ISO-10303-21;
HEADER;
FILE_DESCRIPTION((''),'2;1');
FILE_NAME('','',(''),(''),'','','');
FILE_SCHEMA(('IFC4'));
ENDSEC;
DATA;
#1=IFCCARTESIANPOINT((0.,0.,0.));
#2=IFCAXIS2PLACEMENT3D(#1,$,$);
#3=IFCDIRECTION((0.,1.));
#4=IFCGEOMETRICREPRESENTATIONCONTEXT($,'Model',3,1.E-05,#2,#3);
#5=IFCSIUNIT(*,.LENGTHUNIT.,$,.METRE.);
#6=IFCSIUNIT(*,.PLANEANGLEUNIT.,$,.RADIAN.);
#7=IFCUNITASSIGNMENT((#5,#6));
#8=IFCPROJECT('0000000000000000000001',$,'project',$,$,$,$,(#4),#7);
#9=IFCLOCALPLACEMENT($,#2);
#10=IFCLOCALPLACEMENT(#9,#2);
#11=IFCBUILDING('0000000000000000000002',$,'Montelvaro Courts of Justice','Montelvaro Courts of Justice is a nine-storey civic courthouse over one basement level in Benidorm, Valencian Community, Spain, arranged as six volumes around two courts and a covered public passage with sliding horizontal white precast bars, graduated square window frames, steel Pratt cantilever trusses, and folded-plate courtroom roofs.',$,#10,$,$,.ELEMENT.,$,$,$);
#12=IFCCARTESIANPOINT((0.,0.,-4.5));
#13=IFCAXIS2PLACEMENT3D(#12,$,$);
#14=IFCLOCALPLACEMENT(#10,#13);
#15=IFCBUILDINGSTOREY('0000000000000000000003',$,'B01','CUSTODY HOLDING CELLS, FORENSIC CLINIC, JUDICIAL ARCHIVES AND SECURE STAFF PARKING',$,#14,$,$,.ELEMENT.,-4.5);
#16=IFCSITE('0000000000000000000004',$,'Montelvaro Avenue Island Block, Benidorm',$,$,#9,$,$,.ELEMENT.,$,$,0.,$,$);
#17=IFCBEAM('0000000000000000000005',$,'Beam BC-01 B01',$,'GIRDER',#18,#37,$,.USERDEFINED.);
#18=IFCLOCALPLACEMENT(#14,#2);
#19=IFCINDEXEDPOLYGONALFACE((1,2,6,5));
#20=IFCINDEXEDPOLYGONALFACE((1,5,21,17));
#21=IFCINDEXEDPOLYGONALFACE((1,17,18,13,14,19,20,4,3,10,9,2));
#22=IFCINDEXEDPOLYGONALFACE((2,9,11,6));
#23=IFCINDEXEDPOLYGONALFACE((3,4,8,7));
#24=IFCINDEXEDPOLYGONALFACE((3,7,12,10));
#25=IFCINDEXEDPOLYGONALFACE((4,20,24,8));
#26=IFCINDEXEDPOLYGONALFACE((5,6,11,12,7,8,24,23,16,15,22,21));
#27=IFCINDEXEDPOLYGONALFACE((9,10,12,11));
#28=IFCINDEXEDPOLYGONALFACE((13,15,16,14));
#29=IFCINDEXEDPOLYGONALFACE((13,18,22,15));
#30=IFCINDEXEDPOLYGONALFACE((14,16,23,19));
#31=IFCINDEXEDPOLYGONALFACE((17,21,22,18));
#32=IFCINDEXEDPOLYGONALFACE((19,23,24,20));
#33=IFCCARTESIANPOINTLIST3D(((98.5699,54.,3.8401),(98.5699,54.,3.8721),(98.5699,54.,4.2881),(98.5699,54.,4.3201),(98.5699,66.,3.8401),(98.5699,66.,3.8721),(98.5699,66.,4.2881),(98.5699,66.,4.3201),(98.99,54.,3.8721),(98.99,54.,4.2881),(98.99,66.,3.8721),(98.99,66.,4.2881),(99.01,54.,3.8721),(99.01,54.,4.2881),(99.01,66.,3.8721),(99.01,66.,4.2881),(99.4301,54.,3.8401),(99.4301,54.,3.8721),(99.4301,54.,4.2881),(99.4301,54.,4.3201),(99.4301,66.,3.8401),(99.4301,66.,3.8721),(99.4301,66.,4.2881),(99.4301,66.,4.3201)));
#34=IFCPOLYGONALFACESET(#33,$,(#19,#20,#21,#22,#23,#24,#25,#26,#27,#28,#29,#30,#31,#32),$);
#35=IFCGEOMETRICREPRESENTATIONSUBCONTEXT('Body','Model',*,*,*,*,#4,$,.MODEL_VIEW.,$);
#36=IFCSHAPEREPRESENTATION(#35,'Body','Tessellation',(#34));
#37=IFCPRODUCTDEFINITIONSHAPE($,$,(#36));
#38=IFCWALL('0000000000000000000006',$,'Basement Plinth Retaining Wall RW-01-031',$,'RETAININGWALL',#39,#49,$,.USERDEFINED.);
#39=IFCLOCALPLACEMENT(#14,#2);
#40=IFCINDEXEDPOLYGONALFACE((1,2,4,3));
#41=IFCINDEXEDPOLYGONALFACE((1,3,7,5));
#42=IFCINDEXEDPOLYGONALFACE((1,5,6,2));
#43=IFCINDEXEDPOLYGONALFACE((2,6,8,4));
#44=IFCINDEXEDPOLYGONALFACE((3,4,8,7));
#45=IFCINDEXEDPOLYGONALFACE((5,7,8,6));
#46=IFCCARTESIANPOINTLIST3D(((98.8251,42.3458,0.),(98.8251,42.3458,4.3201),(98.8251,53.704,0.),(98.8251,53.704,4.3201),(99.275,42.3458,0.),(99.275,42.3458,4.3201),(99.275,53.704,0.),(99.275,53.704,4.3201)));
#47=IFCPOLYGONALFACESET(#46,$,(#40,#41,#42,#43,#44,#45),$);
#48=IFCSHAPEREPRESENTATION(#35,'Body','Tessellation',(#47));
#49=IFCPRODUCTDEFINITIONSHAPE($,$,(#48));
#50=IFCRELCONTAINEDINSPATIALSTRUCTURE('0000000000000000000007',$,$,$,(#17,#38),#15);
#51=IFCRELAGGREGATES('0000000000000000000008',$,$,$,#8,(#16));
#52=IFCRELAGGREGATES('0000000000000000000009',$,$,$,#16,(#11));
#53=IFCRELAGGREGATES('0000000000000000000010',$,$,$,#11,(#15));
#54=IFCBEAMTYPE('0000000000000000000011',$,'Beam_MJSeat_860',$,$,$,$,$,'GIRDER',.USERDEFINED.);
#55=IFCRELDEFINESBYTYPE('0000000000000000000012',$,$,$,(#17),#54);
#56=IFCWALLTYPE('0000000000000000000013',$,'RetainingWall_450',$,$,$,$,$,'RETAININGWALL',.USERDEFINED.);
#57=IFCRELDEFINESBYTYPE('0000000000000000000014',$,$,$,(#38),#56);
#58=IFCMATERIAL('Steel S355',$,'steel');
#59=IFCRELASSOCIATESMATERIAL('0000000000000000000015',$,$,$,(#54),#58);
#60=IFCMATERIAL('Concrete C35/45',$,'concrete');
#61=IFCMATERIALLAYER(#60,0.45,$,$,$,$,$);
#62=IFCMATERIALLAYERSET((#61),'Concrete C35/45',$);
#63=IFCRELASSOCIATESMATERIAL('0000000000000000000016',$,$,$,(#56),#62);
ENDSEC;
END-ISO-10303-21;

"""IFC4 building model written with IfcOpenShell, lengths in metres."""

from ifc_helpers import new_model, si_unit, direction, frame, frame_2d, origin, origin_2d, place, context, subcontext, project, spatial, rectangle, i_section, extrude, material, layer, layer_set, material_profile, profile_set, type_object, element, save


model = new_model("IFC4")

# Units and contexts
model_context = context("Model", 3, precision=1e-05, world=origin(), true_north=direction((0.0, 1.0)))
body_context = subcontext(model_context, "Body", "Model", "MODEL_VIEW")
ifc_project = project(units=[si_unit("LENGTHUNIT", "METRE"), si_unit("PLANEANGLEUNIT", "RADIAN")], contexts=[model_context])

# Site, building, storey
site_placement = place(None, origin())
site = spatial("IfcSite", under=ifc_project, at=site_placement, Name="Montelvaro Avenue Island Block, Benidorm", CompositionType="ELEMENT", RefElevation=0.0)
building_placement = place(site_placement, origin())
building = spatial("IfcBuilding", under=site, at=building_placement, Name="Montelvaro Courts of Justice", Description="Montelvaro Courts of Justice is a nine-storey civic courthouse over one basement level in Benidorm, Valencian Community, Spain, arranged as six volumes around two courts and a covered public passage with sliding horizontal white precast bars, graduated square window frames, steel Pratt cantilever trusses, and folded-plate courtroom roofs.", CompositionType="ELEMENT")
storey_placement = place(building_placement, frame((0.0, 0.0, -4.5)))
storey = spatial("IfcBuildingStorey", under=building, at=storey_placement, Name="B01", Description="CUSTODY HOLDING CELLS, FORENSIC CLINIC, JUDICIAL ARCHIVES AND SECURE STAFF PARKING", CompositionType="ELEMENT", Elevation=-4.5)

# Shared definitions
ifc_material_1 = material(Name="Concrete C35/45", Category="concrete")

# Beam
ifc_material_2 = material(Name="Steel S355", Category="steel")
ifc_material_profile_1 = material_profile(ifc_material_2, i_section(OverallWidth=0.8601, OverallDepth=0.48, WebThickness=0.02, FlangeThickness=0.032, at=origin_2d()), Name="HL 480x860")
ifc_profile_set_1 = profile_set([ifc_material_profile_1], Name="Steel S355")
beam_type_1 = type_object("IfcBeamType", Name="Beam_MJSeat_860", ElementType="GIRDER", PredefinedType="USERDEFINED", material=ifc_profile_set_1)
for number, where, z_axis, x_axis, name in (
    (1, (99.0, 54.0, 4.0801), (0.0, 1.0, 0.0), (-1.0, 0.0, 0.0), "Beam BC-01 B01"),
):
    element("IfcBeam", number, at=place(storey_placement, frame(where, z_axis=z_axis, x_axis=x_axis)), inside=storey, type_object=beam_type_1, Name=name, ObjectType="GIRDER", PredefinedType="USERDEFINED", context=body_context, shape_type="SweptSolid", body=[
        extrude(i_section(OverallWidth=0.8601, OverallDepth=0.48, WebThickness=0.02, FlangeThickness=0.032, at=origin_2d()), origin(), (0.0, 0.0, 1.0), 12.0),
    ])

# Wall
ifc_layer = layer(ifc_material_1, 0.45)
ifc_layer_set = layer_set([ifc_layer], Name="Concrete C35/45")
wall_type = type_object("IfcWallType", Name="RetainingWall_450", ElementType="RETAININGWALL", PredefinedType="USERDEFINED", material=ifc_layer_set)
wall_placement = place(storey_placement, frame((99.05, 53.7041, 0.0), z_axis=(0.0, 0.0, 1.0), x_axis=(0.0, -1.0, 0.0)))
element("IfcWall", 2, at=wall_placement, inside=storey, type_object=wall_type, Name="Basement Plinth Retaining Wall RW-01-031", ObjectType="RETAININGWALL", PredefinedType="USERDEFINED", context=body_context, shape_type="SweptSolid", body=[
    extrude(rectangle(XDim=11.3582, YDim=0.45, at=frame_2d((5.6792, 0.0))), origin(), (0.0, 0.0, 1.0), 4.3201),
])

save(model, "model.ifc")
